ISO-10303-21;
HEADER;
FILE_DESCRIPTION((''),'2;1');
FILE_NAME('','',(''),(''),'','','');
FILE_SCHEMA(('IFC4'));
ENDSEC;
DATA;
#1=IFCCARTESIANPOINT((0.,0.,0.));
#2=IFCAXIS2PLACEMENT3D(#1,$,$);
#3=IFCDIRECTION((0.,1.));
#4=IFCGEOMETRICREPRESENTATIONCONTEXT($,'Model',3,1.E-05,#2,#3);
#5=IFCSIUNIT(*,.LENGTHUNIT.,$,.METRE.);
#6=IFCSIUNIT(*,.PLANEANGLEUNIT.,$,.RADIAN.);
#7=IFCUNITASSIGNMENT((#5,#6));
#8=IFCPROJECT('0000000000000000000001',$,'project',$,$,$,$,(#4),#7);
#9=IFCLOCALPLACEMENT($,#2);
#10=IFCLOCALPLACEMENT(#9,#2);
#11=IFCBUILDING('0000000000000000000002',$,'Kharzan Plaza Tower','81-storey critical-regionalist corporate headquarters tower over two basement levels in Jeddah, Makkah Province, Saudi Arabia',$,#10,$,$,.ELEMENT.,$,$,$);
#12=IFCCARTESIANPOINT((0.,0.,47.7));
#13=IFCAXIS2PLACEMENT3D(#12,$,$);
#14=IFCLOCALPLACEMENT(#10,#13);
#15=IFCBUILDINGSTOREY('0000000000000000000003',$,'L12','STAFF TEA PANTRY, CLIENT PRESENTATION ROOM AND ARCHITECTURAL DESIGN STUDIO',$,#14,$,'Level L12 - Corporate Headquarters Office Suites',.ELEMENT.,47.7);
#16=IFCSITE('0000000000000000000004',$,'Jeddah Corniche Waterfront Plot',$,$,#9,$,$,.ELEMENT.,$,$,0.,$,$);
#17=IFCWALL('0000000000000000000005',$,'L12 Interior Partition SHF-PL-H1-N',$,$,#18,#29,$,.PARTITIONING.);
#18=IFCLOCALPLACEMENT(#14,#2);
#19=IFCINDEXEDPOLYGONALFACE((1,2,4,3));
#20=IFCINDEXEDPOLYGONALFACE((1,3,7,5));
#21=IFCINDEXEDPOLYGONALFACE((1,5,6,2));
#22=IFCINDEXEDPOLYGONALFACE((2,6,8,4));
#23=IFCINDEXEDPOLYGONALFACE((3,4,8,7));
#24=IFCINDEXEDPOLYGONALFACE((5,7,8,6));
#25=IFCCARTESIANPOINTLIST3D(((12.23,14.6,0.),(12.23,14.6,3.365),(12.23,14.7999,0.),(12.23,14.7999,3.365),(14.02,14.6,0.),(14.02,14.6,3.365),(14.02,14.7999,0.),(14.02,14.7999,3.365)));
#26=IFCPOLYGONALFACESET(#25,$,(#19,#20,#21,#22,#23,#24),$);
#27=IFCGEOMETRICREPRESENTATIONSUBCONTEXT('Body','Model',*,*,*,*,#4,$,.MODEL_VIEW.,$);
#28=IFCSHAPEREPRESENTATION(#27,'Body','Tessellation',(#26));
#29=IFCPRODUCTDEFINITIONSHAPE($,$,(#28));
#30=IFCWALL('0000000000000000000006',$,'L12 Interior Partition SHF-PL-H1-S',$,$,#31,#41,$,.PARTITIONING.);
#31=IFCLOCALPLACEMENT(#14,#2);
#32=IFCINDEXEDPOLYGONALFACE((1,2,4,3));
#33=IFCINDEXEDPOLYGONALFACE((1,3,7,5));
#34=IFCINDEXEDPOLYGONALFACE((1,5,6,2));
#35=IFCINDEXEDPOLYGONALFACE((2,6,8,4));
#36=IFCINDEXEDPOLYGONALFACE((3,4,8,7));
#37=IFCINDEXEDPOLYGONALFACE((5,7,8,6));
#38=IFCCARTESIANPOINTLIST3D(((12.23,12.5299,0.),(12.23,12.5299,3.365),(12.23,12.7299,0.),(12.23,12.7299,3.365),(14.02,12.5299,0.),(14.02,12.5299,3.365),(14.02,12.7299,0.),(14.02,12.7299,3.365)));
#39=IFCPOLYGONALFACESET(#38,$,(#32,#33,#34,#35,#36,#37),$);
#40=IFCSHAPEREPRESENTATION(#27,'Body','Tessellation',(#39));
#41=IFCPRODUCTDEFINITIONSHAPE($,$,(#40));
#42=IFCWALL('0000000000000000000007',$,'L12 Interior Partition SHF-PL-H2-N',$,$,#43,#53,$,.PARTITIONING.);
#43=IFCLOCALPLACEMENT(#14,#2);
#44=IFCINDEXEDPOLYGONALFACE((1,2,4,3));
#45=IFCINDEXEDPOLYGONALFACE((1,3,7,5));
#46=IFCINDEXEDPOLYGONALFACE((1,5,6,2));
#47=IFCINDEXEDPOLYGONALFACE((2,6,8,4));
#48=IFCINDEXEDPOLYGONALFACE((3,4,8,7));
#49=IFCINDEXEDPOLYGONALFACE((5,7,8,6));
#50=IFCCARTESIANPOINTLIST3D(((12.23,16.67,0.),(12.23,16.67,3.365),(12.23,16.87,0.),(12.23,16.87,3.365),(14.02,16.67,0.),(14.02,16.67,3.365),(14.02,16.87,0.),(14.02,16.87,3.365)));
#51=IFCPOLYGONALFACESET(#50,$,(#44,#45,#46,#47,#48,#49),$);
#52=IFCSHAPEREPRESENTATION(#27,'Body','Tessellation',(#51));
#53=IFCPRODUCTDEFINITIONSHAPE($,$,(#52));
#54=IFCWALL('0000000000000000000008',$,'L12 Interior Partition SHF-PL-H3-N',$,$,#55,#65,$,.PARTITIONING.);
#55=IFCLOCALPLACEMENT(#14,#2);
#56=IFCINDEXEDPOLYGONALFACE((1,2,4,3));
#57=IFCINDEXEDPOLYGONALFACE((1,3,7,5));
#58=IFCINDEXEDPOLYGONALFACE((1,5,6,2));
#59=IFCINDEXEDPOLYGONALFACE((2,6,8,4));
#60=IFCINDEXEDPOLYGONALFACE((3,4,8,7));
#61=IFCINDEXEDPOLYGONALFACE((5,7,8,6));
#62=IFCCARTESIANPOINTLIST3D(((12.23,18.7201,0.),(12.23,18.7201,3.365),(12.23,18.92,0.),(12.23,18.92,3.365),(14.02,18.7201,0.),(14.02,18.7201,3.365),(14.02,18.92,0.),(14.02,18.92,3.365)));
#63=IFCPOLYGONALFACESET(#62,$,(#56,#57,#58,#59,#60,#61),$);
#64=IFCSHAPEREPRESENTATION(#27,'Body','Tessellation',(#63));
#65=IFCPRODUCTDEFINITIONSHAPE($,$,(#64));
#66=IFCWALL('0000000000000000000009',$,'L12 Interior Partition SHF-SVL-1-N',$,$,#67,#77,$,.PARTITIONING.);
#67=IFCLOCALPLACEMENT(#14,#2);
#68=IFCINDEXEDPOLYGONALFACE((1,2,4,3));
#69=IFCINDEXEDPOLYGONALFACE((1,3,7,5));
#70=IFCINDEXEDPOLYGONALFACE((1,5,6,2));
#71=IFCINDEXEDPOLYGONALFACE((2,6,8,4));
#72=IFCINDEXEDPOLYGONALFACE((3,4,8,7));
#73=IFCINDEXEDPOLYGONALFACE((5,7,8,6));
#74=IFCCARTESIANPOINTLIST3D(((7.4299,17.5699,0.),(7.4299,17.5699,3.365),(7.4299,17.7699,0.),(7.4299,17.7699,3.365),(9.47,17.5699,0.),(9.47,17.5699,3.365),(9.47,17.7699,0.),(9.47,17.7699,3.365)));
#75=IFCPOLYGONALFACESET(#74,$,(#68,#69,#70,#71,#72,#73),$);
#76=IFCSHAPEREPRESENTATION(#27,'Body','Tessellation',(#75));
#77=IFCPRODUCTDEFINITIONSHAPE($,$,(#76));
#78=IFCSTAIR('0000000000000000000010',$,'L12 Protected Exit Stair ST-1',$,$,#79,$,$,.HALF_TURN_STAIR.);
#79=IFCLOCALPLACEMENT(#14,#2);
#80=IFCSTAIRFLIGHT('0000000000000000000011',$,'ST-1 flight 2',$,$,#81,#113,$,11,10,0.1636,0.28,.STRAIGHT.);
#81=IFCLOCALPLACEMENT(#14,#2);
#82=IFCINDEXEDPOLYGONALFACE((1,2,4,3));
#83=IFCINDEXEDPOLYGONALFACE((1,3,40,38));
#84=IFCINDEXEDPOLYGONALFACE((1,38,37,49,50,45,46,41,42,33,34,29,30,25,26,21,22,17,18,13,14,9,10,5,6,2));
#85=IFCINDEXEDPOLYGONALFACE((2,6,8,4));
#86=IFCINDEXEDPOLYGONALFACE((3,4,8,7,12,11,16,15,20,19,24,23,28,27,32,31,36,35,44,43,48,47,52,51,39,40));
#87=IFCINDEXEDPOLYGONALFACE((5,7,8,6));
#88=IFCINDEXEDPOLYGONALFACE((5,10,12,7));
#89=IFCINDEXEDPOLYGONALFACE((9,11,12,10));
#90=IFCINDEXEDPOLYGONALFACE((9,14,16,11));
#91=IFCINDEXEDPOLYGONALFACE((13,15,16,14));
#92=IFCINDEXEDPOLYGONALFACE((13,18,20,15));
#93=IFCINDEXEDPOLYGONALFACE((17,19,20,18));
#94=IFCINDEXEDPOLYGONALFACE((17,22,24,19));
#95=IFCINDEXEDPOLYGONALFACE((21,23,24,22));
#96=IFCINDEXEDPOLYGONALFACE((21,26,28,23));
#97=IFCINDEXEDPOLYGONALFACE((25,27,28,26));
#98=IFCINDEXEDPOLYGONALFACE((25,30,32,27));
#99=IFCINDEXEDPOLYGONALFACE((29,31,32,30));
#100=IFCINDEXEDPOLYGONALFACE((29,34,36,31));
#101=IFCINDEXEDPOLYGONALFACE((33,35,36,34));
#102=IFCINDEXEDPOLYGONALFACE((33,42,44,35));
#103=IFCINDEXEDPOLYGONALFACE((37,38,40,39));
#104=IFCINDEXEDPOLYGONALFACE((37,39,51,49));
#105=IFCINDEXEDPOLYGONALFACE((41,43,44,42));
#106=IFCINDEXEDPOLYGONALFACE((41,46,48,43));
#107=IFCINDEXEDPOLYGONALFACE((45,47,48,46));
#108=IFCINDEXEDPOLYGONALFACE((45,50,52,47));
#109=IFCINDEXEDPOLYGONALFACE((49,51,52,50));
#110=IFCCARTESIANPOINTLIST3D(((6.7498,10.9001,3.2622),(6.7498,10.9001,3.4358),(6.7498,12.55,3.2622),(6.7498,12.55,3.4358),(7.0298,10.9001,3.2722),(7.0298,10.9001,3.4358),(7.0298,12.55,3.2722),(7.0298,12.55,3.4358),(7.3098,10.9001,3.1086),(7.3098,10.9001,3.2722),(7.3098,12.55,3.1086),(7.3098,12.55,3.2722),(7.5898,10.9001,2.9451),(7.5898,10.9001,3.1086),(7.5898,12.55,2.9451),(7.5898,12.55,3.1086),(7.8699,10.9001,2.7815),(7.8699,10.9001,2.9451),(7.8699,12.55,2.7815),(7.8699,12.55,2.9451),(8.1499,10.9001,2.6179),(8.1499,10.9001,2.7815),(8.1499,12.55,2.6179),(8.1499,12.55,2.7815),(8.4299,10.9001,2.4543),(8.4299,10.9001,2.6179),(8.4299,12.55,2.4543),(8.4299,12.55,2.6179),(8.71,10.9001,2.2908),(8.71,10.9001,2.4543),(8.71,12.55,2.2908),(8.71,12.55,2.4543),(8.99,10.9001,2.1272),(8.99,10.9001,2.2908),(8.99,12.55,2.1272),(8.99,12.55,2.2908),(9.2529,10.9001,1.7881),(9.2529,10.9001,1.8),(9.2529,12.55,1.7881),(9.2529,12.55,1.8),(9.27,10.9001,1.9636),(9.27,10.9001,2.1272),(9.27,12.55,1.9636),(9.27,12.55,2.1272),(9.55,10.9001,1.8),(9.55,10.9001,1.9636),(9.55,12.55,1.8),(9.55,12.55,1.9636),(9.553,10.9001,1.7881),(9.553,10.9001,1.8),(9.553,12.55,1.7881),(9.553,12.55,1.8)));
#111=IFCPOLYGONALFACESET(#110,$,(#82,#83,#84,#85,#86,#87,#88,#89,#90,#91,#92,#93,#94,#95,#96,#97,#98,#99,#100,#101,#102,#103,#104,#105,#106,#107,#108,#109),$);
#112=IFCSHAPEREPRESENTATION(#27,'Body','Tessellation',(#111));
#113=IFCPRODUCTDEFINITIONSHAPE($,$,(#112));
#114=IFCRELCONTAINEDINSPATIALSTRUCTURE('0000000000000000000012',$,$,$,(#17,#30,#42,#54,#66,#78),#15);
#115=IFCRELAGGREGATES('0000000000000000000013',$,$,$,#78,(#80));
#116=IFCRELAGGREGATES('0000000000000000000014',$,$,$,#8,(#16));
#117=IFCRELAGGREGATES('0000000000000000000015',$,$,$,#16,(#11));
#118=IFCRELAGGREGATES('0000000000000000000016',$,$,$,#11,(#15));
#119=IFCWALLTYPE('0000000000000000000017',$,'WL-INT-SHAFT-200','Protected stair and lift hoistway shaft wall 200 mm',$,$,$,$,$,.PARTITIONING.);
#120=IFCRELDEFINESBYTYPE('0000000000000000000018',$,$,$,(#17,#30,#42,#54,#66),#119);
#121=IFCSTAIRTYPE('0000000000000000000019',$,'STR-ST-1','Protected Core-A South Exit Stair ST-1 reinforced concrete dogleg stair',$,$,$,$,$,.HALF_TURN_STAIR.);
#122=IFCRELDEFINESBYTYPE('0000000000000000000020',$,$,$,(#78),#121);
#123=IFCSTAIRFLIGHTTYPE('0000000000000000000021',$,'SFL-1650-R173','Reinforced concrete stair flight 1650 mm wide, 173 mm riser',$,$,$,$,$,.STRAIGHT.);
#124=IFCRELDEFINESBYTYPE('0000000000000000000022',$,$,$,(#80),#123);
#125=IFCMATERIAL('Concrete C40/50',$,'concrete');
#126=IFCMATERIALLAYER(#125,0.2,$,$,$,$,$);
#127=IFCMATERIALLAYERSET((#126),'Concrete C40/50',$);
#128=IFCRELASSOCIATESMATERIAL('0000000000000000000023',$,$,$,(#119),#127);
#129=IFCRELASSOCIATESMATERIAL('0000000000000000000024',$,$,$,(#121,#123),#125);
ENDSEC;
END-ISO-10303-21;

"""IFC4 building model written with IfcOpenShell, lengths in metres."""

from ifc_helpers import new_model, si_unit, direction, frame, frame_2d, origin, place, context, subcontext, project, spatial, polyline, rectangle, outline, extrude, source, transform, mapped, material, layer, layer_set, type_object, element, aggregate, save


model = new_model("IFC4")

# Units and contexts
model_context = context("Model", 3, precision=1e-05, world=origin(), true_north=direction((0.0, 1.0)))
body_context = subcontext(model_context, "Body", "Model", "MODEL_VIEW")
ifc_project = project(units=[si_unit("LENGTHUNIT", "METRE"), si_unit("PLANEANGLEUNIT", "RADIAN")], contexts=[model_context])

# Site, building, storey
site_placement = place(None, origin())
site = spatial("IfcSite", under=ifc_project, at=site_placement, Name="Jeddah Corniche Waterfront Plot", CompositionType="ELEMENT", RefElevation=0.0)
building_placement = place(site_placement, origin())
building = spatial("IfcBuilding", under=site, at=building_placement, Name="Kharzan Plaza Tower", Description="81-storey critical-regionalist corporate headquarters tower over two basement levels in Jeddah, Makkah Province, Saudi Arabia", CompositionType="ELEMENT")
storey_placement = place(building_placement, frame((0.0, 0.0, 47.7)))
storey = spatial("IfcBuildingStorey", under=building, at=storey_placement, Name="L12", Description="STAFF TEA PANTRY, CLIENT PRESENTATION ROOM AND ARCHITECTURAL DESIGN STUDIO", LongName="Level L12 - Corporate Headquarters Office Suites", CompositionType="ELEMENT", Elevation=47.7)

# Shared definitions
ifc_material_1 = material(Name="Concrete C40/50", Category="concrete")
ifc_layer_1 = layer(ifc_material_1, 0.2)
ifc_layer_set_1 = layer_set([ifc_layer_1], Name="Concrete C40/50")
wall_type = type_object("IfcWallType", Name="WL-INT-SHAFT-200", Description="Protected stair and lift hoistway shaft wall 200 mm", PredefinedType="PARTITIONING", material=ifc_layer_set_1)

# Walls
shared_shape_1 = source(origin(), body_context, "Body", "SweptSolid", [
    extrude(rectangle(XDim=1.79, YDim=0.2, at=frame_2d((0.895, 0.0))), origin(), (0.0, 0.0, 1.0), 3.365),
])
for number, where, z_axis, x_axis, name in (
    (1, (12.23, 14.7, 0.0), (0.0, 0.0, 1.0), (1.0, 0.0, 0.0), "L12 Interior Partition SHF-PL-H1-N"),
    (2, (12.23, 12.6299, 0.0), (0.0, 0.0, 1.0), (1.0, 0.0, 0.0), "L12 Interior Partition SHF-PL-H1-S"),
    (3, (12.23, 16.77, 0.0), (0.0, 0.0, 1.0), (1.0, 0.0, 0.0), "L12 Interior Partition SHF-PL-H2-N"),
    (4, (12.23, 18.8201, 0.0), (0.0, 0.0, 1.0), (1.0, 0.0, 0.0), "L12 Interior Partition SHF-PL-H3-N"),
):
    element("IfcWall", number, at=place(storey_placement, frame(where, z_axis=z_axis, x_axis=x_axis)), inside=storey, type_object=wall_type, Name=name, PredefinedType="PARTITIONING", context=body_context, shape_type="MappedRepresentation", body=[
        mapped(shared_shape_1, transform((0.0, 0.0, 0.0), x_axis=(1.0, 0.0, 0.0), y_axis=(0.0, 1.0, 0.0), z_axis=(0.0, 0.0, 1.0))),
    ])
shared_shape_2 = source(origin(), body_context, "Body", "SweptSolid", [
    extrude(rectangle(XDim=2.04, YDim=0.2, at=frame_2d((1.02, 0.0))), origin(), (0.0, 0.0, 1.0), 3.365),
])
wall_1_placement = place(storey_placement, frame((7.4299, 17.6699, 0.0), z_axis=(0.0, 0.0, 1.0), x_axis=(1.0, 0.0, 0.0)))
element("IfcWall", 5, at=wall_1_placement, inside=storey, type_object=wall_type, Name="L12 Interior Partition SHF-SVL-1-N", PredefinedType="PARTITIONING", context=body_context, shape_type="MappedRepresentation", body=[
    mapped(shared_shape_2, transform((0.0, 0.0, 0.0), x_axis=(1.0, 0.0, 0.0), y_axis=(0.0, 1.0, 0.0), z_axis=(0.0, 0.0, 1.0))),
])

# Stair, stair flight
stair_type = type_object("IfcStairType", Name="STR-ST-1", Description="Protected Core-A South Exit Stair ST-1 reinforced concrete dogleg stair", PredefinedType="HALF_TURN_STAIR", material=ifc_material_1)
stair_placement = place(storey_placement, origin())
stair = element("IfcStair", 6, at=stair_placement, inside=storey, type_object=stair_type, Name="L12 Protected Exit Stair ST-1", PredefinedType="HALF_TURN_STAIR")
stair_flight_type = type_object("IfcStairFlightType", Name="SFL-1650-R173", Description="Reinforced concrete stair flight 1650 mm wide, 173 mm riser", PredefinedType="STRAIGHT", material=ifc_material_1)
shared_shape_3 = source(origin(), body_context, "Body", "SweptSolid", [
    extrude(outline(polyline([(-0.0029, -0.012), (-0.0029, 0.0), (0.0, 0.0), (0.0, 0.1636), (0.28, 0.1636), (0.28, 0.3271), (0.5601, 0.3271), (0.5601, 0.4907), (0.8401, 0.4907), (0.8401, 0.6543), (1.1201, 0.6543), (1.1201, 0.8179), (1.4001, 0.8179), (1.4001, 0.9814), (1.6802, 0.9814), (1.6802, 1.145), (1.9602, 1.145), (1.9602, 1.3086), (2.2402, 1.3086), (2.2402, 1.4722), (2.5203, 1.4722), (2.5203, 1.6357), (2.8003, 1.6357), (2.8003, 1.7993), (2.8003, 1.4622), (0.2971, 0.0), (0.2971, -0.012), (-0.0029, -0.012)])), frame((0.0, 0.825, 0.0), z_axis=(0.0, -1.0, 0.0), x_axis=(1.0, 0.0, 0.0)), (0.0, 0.0, 1.0), 1.6499),
])
stair_flight_placement = place(storey_placement, frame((9.55, 11.7251, 1.8), z_axis=(0.0, 0.0, 1.0), x_axis=(-1.0, 0.0, 0.0)))
stair_flight = element("IfcStairFlight", 7, at=stair_flight_placement, type_object=stair_flight_type, Name="ST-1 flight 2", NumberOfRisers=11, NumberOfTreads=10, PredefinedType="STRAIGHT", RiserHeight=0.1636, TreadLength=0.28, context=body_context, shape_type="MappedRepresentation", body=[
    mapped(shared_shape_3, transform((0.0, 0.0, 0.0), x_axis=(1.0, 0.0, 0.0), y_axis=(0.0, 1.0, 0.0), z_axis=(0.0, 0.0, 1.0))),
])
aggregate(stair, [stair_flight])

save(model, "model.ifc")
